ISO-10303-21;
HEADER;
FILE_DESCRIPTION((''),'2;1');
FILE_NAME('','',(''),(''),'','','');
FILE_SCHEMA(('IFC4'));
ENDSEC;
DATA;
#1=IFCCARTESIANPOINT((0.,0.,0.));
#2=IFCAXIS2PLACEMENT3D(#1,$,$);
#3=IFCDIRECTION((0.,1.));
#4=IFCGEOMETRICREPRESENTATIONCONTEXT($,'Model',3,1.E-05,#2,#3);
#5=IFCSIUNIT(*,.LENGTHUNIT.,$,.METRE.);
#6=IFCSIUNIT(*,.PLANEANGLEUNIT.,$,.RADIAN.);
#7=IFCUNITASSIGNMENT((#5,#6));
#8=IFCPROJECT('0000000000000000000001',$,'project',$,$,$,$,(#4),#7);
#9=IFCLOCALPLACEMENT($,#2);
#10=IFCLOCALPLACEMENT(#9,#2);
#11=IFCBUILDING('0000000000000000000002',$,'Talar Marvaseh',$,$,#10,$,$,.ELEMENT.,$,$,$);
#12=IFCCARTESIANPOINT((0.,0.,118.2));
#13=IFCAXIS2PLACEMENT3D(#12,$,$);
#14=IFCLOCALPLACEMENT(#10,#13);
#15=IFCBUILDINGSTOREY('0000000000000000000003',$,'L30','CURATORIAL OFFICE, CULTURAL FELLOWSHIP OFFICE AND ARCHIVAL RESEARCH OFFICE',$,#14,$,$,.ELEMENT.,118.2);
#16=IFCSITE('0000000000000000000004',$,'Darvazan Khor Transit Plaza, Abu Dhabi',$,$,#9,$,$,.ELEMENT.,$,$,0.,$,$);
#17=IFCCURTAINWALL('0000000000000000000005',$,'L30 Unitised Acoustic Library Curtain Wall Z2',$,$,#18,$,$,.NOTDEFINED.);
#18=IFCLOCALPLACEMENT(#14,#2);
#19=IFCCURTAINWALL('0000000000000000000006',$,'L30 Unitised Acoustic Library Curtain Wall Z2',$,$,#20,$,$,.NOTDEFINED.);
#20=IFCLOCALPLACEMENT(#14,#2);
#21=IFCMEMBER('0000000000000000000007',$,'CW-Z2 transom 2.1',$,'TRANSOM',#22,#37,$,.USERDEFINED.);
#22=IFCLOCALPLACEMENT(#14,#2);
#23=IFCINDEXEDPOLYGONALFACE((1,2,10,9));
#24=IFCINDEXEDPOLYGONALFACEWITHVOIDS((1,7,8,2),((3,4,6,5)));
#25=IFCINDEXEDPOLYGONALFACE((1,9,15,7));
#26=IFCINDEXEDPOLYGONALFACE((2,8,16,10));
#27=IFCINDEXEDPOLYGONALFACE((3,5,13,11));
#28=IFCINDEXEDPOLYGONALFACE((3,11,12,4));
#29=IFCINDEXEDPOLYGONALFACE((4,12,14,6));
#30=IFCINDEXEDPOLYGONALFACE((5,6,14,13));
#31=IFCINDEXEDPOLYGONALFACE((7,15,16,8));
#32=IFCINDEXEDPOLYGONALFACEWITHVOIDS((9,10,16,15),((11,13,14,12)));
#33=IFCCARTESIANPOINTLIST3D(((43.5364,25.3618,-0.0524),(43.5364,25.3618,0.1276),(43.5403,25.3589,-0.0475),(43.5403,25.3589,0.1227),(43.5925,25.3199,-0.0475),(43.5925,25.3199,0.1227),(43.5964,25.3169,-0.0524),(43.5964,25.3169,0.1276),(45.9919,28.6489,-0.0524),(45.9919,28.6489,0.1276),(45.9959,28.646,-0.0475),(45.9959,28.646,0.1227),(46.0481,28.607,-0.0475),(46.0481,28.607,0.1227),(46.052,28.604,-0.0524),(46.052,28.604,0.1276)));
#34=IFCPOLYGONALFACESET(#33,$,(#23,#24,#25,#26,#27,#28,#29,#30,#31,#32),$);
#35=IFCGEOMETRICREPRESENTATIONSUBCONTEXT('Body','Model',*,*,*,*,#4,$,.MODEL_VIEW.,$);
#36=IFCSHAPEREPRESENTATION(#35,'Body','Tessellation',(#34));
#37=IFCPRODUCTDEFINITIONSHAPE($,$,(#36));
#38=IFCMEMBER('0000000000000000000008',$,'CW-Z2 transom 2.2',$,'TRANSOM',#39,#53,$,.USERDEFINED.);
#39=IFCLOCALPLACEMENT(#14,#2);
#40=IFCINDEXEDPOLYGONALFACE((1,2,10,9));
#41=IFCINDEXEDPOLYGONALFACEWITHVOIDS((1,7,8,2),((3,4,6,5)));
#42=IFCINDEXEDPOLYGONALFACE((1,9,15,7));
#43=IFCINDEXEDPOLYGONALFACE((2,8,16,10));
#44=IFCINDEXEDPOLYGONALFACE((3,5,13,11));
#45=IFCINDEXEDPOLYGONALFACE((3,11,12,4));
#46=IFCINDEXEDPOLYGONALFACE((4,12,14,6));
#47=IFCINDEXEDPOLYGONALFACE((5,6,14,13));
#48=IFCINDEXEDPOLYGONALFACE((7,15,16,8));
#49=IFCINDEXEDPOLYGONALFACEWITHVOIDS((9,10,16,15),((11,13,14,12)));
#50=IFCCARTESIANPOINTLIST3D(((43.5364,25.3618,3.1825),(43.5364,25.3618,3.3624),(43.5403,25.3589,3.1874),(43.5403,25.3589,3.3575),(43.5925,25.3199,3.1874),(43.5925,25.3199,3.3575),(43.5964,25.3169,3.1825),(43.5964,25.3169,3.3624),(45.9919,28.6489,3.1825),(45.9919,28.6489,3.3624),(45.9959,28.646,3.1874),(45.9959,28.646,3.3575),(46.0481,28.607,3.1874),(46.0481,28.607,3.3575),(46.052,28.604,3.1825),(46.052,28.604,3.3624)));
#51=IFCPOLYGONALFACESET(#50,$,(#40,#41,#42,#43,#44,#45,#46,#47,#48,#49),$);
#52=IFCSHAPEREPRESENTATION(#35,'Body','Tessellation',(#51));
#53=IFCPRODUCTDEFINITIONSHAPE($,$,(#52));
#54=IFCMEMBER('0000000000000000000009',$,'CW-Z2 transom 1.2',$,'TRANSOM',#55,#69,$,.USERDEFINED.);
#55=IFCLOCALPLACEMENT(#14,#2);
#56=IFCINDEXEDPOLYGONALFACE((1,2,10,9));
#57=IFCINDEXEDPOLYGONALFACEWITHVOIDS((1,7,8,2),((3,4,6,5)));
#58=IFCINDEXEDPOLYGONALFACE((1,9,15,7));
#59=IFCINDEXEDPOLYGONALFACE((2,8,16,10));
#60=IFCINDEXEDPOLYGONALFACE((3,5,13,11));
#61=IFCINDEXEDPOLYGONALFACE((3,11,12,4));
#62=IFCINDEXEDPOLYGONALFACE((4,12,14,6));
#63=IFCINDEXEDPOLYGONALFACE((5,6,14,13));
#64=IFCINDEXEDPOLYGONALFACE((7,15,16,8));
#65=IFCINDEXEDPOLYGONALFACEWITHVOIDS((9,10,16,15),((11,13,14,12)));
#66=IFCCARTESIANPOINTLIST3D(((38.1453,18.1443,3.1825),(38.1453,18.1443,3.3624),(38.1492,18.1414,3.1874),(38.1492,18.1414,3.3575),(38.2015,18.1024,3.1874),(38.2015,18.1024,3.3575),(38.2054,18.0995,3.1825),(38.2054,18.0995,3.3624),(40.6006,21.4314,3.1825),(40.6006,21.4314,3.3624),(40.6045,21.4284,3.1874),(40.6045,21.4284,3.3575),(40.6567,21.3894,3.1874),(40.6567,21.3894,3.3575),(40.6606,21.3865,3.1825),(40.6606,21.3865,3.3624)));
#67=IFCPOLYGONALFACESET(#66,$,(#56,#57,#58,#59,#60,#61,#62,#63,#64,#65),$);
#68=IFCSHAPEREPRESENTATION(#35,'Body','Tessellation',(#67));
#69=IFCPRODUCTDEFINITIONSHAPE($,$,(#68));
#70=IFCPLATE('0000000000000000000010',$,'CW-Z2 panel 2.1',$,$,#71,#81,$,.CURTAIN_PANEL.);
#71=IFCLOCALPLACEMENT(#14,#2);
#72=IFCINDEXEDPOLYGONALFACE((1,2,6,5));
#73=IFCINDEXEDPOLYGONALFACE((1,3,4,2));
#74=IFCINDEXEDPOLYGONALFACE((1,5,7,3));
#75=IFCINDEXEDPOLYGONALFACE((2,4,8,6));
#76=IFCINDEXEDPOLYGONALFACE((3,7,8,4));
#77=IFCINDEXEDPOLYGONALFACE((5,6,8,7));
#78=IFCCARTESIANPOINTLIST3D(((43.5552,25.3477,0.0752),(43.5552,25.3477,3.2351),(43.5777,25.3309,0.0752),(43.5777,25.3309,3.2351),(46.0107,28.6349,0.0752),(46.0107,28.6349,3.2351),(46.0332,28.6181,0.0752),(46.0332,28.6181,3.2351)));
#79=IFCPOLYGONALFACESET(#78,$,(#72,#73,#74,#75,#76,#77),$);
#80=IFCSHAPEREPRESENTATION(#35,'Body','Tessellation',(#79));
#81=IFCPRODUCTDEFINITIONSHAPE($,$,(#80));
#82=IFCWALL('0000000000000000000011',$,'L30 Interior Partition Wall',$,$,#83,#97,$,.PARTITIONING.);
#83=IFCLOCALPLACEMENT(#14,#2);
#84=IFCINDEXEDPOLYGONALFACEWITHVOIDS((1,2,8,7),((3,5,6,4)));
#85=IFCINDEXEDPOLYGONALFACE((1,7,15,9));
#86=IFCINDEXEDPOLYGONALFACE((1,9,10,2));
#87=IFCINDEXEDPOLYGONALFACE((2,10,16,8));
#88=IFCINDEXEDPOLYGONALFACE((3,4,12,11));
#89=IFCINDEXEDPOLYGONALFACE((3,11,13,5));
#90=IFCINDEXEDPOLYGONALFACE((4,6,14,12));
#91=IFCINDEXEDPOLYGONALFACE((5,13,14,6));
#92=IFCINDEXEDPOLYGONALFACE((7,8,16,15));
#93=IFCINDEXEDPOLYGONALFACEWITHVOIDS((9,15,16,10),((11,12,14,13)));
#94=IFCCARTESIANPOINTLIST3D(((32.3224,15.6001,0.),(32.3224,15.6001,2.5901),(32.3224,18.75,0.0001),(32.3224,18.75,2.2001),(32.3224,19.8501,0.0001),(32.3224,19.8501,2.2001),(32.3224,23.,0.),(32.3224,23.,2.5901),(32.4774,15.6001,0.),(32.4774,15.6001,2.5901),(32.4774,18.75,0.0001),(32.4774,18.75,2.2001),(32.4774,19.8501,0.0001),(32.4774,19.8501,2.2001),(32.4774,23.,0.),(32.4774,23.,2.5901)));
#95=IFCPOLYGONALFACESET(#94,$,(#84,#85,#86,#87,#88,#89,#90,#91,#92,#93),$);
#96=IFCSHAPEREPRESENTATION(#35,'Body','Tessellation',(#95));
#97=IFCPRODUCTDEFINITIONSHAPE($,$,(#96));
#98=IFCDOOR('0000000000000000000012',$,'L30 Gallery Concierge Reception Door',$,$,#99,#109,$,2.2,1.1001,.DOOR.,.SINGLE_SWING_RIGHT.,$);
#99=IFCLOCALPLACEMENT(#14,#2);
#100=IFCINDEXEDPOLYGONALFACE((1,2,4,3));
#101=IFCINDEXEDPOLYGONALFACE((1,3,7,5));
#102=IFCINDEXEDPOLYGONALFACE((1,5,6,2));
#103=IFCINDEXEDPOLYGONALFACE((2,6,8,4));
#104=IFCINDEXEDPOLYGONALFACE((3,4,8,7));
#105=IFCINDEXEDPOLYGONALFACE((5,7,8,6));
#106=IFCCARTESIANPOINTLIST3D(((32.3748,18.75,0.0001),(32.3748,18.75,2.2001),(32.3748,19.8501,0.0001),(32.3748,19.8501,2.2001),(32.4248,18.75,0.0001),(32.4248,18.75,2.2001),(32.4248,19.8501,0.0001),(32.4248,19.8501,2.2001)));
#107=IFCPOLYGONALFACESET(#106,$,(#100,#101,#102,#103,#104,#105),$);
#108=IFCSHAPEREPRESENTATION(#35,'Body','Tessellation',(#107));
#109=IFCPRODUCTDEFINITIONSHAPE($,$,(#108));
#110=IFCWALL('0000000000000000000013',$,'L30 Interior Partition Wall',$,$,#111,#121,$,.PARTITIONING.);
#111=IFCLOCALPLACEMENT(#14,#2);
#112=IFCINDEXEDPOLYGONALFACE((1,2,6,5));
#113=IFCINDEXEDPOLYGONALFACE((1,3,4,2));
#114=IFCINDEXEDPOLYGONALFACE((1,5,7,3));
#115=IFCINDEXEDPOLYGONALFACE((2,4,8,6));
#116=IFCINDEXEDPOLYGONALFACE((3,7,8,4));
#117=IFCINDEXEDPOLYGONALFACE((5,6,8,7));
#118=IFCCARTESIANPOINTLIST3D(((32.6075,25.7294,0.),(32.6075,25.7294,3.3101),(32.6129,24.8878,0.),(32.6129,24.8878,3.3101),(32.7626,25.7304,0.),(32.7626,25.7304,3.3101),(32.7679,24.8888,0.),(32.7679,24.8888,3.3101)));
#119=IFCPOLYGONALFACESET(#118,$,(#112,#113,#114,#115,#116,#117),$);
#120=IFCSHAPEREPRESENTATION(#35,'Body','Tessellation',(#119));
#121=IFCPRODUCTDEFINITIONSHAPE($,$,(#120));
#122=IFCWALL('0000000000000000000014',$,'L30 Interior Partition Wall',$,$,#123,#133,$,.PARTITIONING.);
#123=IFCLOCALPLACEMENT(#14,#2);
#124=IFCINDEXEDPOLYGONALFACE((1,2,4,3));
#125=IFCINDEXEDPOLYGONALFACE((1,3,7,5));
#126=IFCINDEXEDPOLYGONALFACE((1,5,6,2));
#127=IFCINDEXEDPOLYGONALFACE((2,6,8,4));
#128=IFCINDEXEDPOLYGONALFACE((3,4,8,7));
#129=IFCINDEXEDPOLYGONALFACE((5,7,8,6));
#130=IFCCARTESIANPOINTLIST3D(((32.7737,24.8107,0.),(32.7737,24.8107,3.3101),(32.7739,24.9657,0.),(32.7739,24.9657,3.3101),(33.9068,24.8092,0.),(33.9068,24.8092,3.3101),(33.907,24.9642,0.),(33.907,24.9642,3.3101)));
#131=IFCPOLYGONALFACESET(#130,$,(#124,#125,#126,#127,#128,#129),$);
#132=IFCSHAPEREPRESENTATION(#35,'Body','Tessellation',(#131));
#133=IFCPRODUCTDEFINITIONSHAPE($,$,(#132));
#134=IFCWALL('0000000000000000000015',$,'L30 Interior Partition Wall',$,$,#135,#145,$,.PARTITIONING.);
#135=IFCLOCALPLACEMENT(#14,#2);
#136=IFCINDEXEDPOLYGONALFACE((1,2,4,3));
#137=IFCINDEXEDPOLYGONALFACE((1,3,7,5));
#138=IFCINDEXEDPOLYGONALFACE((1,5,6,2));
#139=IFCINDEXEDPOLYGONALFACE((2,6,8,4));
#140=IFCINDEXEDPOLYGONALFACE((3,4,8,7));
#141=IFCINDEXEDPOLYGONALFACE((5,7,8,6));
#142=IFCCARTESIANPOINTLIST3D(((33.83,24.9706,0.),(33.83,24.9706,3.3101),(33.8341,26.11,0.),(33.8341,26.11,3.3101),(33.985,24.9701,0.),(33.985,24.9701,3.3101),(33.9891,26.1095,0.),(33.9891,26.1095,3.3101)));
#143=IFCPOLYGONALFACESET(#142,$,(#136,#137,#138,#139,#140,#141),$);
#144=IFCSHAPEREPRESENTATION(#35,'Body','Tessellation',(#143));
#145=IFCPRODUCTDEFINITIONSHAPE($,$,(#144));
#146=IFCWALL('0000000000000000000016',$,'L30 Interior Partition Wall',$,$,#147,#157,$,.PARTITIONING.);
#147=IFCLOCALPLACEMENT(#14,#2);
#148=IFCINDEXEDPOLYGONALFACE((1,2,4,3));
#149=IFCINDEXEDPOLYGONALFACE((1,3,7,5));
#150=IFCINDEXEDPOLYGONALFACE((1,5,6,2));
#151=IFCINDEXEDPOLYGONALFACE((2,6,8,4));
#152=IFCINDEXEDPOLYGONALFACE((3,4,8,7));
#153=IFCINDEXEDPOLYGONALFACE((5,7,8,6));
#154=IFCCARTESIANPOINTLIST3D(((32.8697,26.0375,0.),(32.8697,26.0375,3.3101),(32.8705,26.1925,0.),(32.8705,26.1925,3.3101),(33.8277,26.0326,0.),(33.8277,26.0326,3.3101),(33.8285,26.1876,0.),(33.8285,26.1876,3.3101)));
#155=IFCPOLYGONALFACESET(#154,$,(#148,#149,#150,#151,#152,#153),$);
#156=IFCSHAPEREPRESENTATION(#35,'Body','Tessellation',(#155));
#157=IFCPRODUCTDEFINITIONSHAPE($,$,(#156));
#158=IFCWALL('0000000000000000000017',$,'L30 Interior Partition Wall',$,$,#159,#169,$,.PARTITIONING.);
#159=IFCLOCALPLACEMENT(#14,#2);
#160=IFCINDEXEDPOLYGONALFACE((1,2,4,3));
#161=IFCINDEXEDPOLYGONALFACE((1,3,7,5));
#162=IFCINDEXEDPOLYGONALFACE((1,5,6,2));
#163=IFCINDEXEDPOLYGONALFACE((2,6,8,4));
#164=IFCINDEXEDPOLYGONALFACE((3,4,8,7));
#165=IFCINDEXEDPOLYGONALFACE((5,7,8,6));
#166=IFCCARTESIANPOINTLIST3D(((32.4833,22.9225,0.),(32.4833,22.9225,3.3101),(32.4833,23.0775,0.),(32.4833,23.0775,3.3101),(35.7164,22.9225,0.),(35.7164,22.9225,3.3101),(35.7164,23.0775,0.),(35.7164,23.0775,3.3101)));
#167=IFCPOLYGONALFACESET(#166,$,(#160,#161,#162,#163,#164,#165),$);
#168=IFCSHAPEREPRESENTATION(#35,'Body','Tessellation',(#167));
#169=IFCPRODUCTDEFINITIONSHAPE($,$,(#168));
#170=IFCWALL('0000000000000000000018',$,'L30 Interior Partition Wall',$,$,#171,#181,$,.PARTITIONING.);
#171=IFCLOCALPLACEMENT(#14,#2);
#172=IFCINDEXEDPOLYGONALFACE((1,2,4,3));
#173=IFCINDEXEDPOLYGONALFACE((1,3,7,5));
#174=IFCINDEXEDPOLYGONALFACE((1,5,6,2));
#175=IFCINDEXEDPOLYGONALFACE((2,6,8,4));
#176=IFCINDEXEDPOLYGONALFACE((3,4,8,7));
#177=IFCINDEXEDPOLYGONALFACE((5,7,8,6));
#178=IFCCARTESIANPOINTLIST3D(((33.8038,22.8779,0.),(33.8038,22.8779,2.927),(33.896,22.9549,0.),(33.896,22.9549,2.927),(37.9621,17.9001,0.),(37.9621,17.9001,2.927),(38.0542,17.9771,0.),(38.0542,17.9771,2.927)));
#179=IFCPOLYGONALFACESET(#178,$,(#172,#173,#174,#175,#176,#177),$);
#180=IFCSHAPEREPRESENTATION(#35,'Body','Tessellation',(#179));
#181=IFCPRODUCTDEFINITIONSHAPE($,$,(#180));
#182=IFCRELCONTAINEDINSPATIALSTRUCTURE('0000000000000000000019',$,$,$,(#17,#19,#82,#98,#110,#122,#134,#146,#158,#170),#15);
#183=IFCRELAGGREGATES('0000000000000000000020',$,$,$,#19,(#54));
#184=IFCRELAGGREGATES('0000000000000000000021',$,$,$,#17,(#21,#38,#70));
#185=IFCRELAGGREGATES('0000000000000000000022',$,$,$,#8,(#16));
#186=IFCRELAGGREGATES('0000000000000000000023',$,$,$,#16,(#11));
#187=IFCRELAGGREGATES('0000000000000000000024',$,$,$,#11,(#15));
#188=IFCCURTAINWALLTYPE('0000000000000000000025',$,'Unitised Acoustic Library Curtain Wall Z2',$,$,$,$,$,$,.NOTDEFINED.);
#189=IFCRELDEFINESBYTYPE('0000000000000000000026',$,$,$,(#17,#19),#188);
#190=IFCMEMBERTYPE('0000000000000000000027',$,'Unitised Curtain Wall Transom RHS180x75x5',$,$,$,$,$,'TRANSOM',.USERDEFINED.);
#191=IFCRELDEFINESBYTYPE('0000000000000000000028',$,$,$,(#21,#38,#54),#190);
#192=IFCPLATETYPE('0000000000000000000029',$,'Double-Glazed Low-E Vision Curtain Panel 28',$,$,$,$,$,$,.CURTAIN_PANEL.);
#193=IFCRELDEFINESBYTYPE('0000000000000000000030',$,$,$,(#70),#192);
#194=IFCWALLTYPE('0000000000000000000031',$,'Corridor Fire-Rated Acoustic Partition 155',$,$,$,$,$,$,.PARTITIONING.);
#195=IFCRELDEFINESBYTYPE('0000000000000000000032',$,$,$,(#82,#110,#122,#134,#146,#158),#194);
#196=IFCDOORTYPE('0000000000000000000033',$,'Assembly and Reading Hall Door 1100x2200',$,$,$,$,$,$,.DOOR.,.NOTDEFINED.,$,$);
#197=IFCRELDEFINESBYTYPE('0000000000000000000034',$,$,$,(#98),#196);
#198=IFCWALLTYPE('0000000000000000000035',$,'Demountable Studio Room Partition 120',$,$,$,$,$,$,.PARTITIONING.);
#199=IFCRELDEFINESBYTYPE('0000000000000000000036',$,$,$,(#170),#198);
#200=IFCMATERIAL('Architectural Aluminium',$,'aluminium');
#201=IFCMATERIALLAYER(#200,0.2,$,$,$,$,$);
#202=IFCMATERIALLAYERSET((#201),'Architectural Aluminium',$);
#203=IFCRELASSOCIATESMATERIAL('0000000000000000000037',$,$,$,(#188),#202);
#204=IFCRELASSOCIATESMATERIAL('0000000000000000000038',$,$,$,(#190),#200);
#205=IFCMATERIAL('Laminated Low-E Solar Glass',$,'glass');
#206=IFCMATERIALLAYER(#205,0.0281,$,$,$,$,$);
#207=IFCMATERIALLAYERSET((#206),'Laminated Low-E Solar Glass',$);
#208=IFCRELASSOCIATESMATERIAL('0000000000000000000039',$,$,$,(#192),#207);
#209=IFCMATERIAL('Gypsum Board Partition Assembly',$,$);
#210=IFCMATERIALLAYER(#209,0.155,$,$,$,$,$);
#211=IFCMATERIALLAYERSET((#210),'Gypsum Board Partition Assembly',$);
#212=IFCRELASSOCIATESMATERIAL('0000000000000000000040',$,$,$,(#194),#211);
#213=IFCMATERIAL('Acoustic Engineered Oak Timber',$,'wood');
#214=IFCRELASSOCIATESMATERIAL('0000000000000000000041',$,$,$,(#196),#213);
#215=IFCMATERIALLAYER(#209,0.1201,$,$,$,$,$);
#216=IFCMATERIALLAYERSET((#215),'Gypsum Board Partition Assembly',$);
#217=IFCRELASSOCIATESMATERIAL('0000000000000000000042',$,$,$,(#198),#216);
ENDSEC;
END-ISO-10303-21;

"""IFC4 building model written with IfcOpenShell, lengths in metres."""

from ifc_helpers import new_model, si_unit, direction, frame, frame_2d, origin, origin_2d, place, context, subcontext, project, spatial, rectangle, hollow_rectangle, extrude, source, transform, mapped, material, layer, layer_set, material_profile, profile_set, type_object, type_shapes, element, fill, aggregate, save


model = new_model("IFC4")

# Units and contexts
model_context = context("Model", 3, precision=1e-05, world=origin(), true_north=direction((0.0, 1.0)))
body_context = subcontext(model_context, "Body", "Model", "MODEL_VIEW")
ifc_project = project(units=[si_unit("LENGTHUNIT", "METRE"), si_unit("PLANEANGLEUNIT", "RADIAN")], contexts=[model_context])

# Site, building, storey
site_placement = place(None, origin())
site = spatial("IfcSite", under=ifc_project, at=site_placement, Name="Darvazan Khor Transit Plaza, Abu Dhabi", CompositionType="ELEMENT", RefElevation=0.0)
building_placement = place(site_placement, origin())
building = spatial("IfcBuilding", under=site, at=building_placement, Name="Talar Marvaseh", CompositionType="ELEMENT")
storey_placement = place(building_placement, frame((0.0, 0.0, 118.2)))
storey = spatial("IfcBuildingStorey", under=building, at=storey_placement, Name="L30", Description="CURATORIAL OFFICE, CULTURAL FELLOWSHIP OFFICE AND ARCHIVAL RESEARCH OFFICE", CompositionType="ELEMENT", Elevation=118.2)

# Curtain wall
ifc_material_1 = material(Name="Architectural Aluminium", Category="aluminium")
ifc_layer_1 = layer(ifc_material_1, 0.2)
ifc_layer_set_1 = layer_set([ifc_layer_1], Name="Architectural Aluminium")
curtain_wall_type = type_object("IfcCurtainWallType", Name="Unitised Acoustic Library Curtain Wall Z2", PredefinedType="NOTDEFINED", material=ifc_layer_set_1)
curtain_wall_1_placement = place(storey_placement, origin())
curtain_wall_1 = element("IfcCurtainWall", 1, at=curtain_wall_1_placement, inside=storey, type_object=curtain_wall_type, Name="L30 Unitised Acoustic Library Curtain Wall Z2", PredefinedType="NOTDEFINED")

# Curtain wall
curtain_wall_2_placement = place(storey_placement, origin())
curtain_wall_2 = element("IfcCurtainWall", 2, at=curtain_wall_2_placement, inside=storey, type_object=curtain_wall_type, Name="L30 Unitised Acoustic Library Curtain Wall Z2", PredefinedType="NOTDEFINED")

# Members
ifc_material_profile_1 = material_profile(ifc_material_1, hollow_rectangle(XDim=0.075, YDim=0.1799, WallThickness=0.0049, at=origin_2d()), Name="RHS180x75x5")
ifc_profile_set_1 = profile_set([ifc_material_profile_1], Name="Architectural Aluminium")
member_type_1 = type_object("IfcMemberType", Name="Unitised Curtain Wall Transom RHS180x75x5", ElementType="TRANSOM", PredefinedType="USERDEFINED", material=ifc_profile_set_1)
shared_shape_1 = source(origin(), body_context, "Body", "SweptSolid", [
    extrude(hollow_rectangle(XDim=0.075, YDim=0.1799, WallThickness=0.0049, at=origin_2d()), origin(), (0.0, 0.0, 1.0), 4.103),
])
member_1_placement = place(storey_placement, frame((46.022, 28.6265, 0.0376), z_axis=(-0.598476, -0.801141, 0.0), x_axis=(0.801141, -0.598476, 0.0)))
member_1 = element("IfcMember", 3, at=member_1_placement, type_object=member_type_1, Name="CW-Z2 transom 2.1", ObjectType="TRANSOM", PredefinedType="USERDEFINED", context=body_context, shape_type="MappedRepresentation", body=[
    mapped(shared_shape_1, transform((0.0, 0.0, 0.0), x_axis=(1.0, 0.0, 0.0), y_axis=(0.0, 1.0, 0.0), z_axis=(0.0, 0.0, 1.0), scale=1.0)),
])
member_2_placement = place(storey_placement, frame((46.022, 28.6265, 3.2725), z_axis=(-0.598476, -0.801141, 0.0), x_axis=(0.801141, -0.598476, 0.0)))
member_2 = element("IfcMember", 4, at=member_2_placement, type_object=member_type_1, Name="CW-Z2 transom 2.2", ObjectType="TRANSOM", PredefinedType="USERDEFINED", context=body_context, shape_type="MappedRepresentation", body=[
    mapped(shared_shape_1, transform((0.0, 0.0, 0.0), x_axis=(1.0, 0.0, 0.0), y_axis=(0.0, 1.0, 0.0), z_axis=(0.0, 0.0, 1.0), scale=1.0)),
])
shared_shape_2 = source(origin(), body_context, "Body", "SweptSolid", [
    extrude(hollow_rectangle(XDim=0.075, YDim=0.1799, WallThickness=0.0049, at=origin_2d()), origin(), (0.0, 0.0, 1.0), 4.1028),
])
type_shapes(member_type_1, [shared_shape_1, shared_shape_2])
member_3_placement = place(storey_placement, frame((40.6306, 21.4089, 3.2725), z_axis=(-0.598437, -0.80117, 0.0), x_axis=(0.80117, -0.598437, 0.0)))
member_3 = element("IfcMember", 5, at=member_3_placement, type_object=member_type_1, Name="CW-Z2 transom 1.2", ObjectType="TRANSOM", PredefinedType="USERDEFINED", context=body_context, shape_type="MappedRepresentation", body=[
    mapped(shared_shape_2, transform((0.0, 0.0, 0.0), x_axis=(1.0, 0.0, 0.0), y_axis=(0.0, 1.0, 0.0), z_axis=(0.0, 0.0, 1.0), scale=1.0)),
])
aggregate(curtain_wall_2, [member_3])

# Plate
ifc_material_2 = material(Name="Laminated Low-E Solar Glass", Category="glass")
ifc_layer_2 = layer(ifc_material_2, 0.0281)
ifc_layer_set_2 = layer_set([ifc_layer_2], Name="Laminated Low-E Solar Glass")
plate_type = type_object("IfcPlateType", Name="Double-Glazed Low-E Vision Curtain Panel 28", PredefinedType="CURTAIN_PANEL", material=ifc_layer_set_2)
shared_shape_3 = source(origin(), body_context, "Body", "SweptSolid", [
    extrude(rectangle(XDim=4.103, YDim=0.0281, at=origin_2d()), origin(), (0.0, 0.0, 1.0), 3.1599),
])
type_shapes(plate_type, [shared_shape_3])
plate_placement = place(storey_placement, frame((44.7942, 26.9829, 0.0752), z_axis=(0.0, 0.0, 1.0), x_axis=(-0.598452, -0.801159, 0.0)))
plate = element("IfcPlate", 6, at=plate_placement, type_object=plate_type, Name="CW-Z2 panel 2.1", PredefinedType="CURTAIN_PANEL", context=body_context, shape_type="MappedRepresentation", body=[
    mapped(shared_shape_3, transform((0.0, 0.0, 0.0), x_axis=(1.0, 0.0, 0.0), y_axis=(0.0, 1.0, 0.0), z_axis=(0.0, 0.0, 1.0), scale=1.0)),
])
aggregate(curtain_wall_1, [member_1, member_2, plate])

# Wall, opening, door
ifc_material_3 = material(Name="Gypsum Board Partition Assembly")
ifc_layer_3 = layer(ifc_material_3, 0.155)
ifc_layer_set_3 = layer_set([ifc_layer_3], Name="Gypsum Board Partition Assembly")
wall_type_1 = type_object("IfcWallType", Name="Corridor Fire-Rated Acoustic Partition 155", PredefinedType="PARTITIONING", material=ifc_layer_set_3)
wall_1_placement = place(storey_placement, frame((32.3999, 23.0, 0.0), z_axis=(0.0, 0.0, 1.0), x_axis=(0.0, -1.0, 0.0)))
wall_1 = element("IfcWall", 7, at=wall_1_placement, inside=storey, type_object=wall_type_1, Name="L30 Interior Partition Wall", PredefinedType="PARTITIONING", context=body_context, shape_type="SweptSolid", body=[
    extrude(rectangle(XDim=7.3999, YDim=0.155, at=frame_2d((3.7, 0.0))), origin(), (0.0, 0.0, 1.0), 2.5901),
])
opening_1_placement = place(wall_1_placement, frame((3.1499, 0.0, 0.0)))
opening_1 = element("IfcOpeningElement", 8, at=opening_1_placement, cuts=wall_1, PredefinedType="OPENING", context=body_context, shape_type="SweptSolid", body=[
    extrude(rectangle(XDim=1.1001, YDim=2.2, at=frame_2d((0.55, 1.1001))), frame((0.0, 0.0874, 0.0), z_axis=(0.0, -1.0, 0.0), x_axis=(1.0, 0.0, 0.0)), (0.0, 0.0, 1.0), 0.175),
])
ifc_material_4 = material(Name="Acoustic Engineered Oak Timber", Category="wood")
door_type_1 = type_object("IfcDoorType", Name="Assembly and Reading Hall Door 1100x2200", OperationType="NOTDEFINED", PredefinedType="DOOR", material=ifc_material_4)
shared_shape_4 = source(origin(), body_context, "Body", "SweptSolid", [
    extrude(rectangle(XDim=1.1001, YDim=2.2, at=frame_2d((0.55, 1.1001))), frame((0.0, 0.0249, 0.0), z_axis=(0.0, -1.0, 0.0), x_axis=(1.0, 0.0, 0.0)), (0.0, 0.0, 1.0), 0.05),
])
type_shapes(door_type_1, [shared_shape_4])
door_1_placement = place(opening_1_placement, origin())
door_1 = element("IfcDoor", 9, at=door_1_placement, inside=storey, type_object=door_type_1, Name="L30 Gallery Concierge Reception Door", OperationType="SINGLE_SWING_RIGHT", OverallHeight=2.2, OverallWidth=1.1001, PredefinedType="DOOR", context=body_context, shape_type="MappedRepresentation", body=[
    mapped(shared_shape_4, transform((0.0, 0.0, 0.0), x_axis=(1.0, 0.0, 0.0), y_axis=(0.0, 1.0, 0.0), z_axis=(0.0, 0.0, 1.0), scale=1.0)),
])
fill(opening_1, door_1)

# Walls
wall_2_placement = place(storey_placement, frame((32.6851, 25.73, 0.0), z_axis=(0.0, 0.0, 1.0), x_axis=(0.006382, -0.99998, 0.0)))
element("IfcWall", 10, at=wall_2_placement, inside=storey, type_object=wall_type_1, Name="L30 Interior Partition Wall", PredefinedType="PARTITIONING", context=body_context, shape_type="SweptSolid", body=[
    extrude(rectangle(XDim=0.8416, YDim=0.155, at=frame_2d((0.4209, 0.0))), origin(), (0.0, 0.0, 1.0), 3.3101),
])
wall_3_placement = place(storey_placement, frame((32.7739, 24.8882, 0.0), z_axis=(0.0, 0.0, 1.0), x_axis=(0.999999, -0.001293, 0.0)))
element("IfcWall", 11, at=wall_3_placement, inside=storey, type_object=wall_type_1, Name="L30 Interior Partition Wall", PredefinedType="PARTITIONING", context=body_context, shape_type="SweptSolid", body=[
    extrude(rectangle(XDim=1.1331, YDim=0.155, at=frame_2d((0.5664, 0.0))), origin(), (0.0, 0.0, 1.0), 3.3101),
])
wall_4_placement = place(storey_placement, frame((33.9075, 24.9702, 0.0), z_axis=(0.0, 0.0, 1.0), x_axis=(0.003643, 0.999993, 0.0)))
element("IfcWall", 12, at=wall_4_placement, inside=storey, type_object=wall_type_1, Name="L30 Interior Partition Wall", PredefinedType="PARTITIONING", context=body_context, shape_type="SweptSolid", body=[
    extrude(rectangle(XDim=1.1394, YDim=0.155, at=frame_2d((0.5698, 0.0))), origin(), (0.0, 0.0, 1.0), 3.3101),
])
wall_5_placement = place(storey_placement, frame((33.8281, 26.1101, 0.0), z_axis=(0.0, 0.0, 1.0), x_axis=(-0.999987, 0.005097, 0.0)))
element("IfcWall", 13, at=wall_5_placement, inside=storey, type_object=wall_type_1, Name="L30 Interior Partition Wall", PredefinedType="PARTITIONING", context=body_context, shape_type="SweptSolid", body=[
    extrude(rectangle(XDim=0.958, YDim=0.155, at=frame_2d((0.479, 0.0))), origin(), (0.0, 0.0, 1.0), 3.3101),
])
wall_6_placement = place(storey_placement, frame((35.7166, 23.0, 0.0), z_axis=(0.0, 0.0, 1.0), x_axis=(-1.0, 0.0, 0.0)))
element("IfcWall", 14, at=wall_6_placement, inside=storey, type_object=wall_type_1, Name="L30 Interior Partition Wall", PredefinedType="PARTITIONING", context=body_context, shape_type="SweptSolid", body=[
    extrude(rectangle(XDim=3.2332, YDim=0.155, at=frame_2d((1.6167, 0.0))), origin(), (0.0, 0.0, 1.0), 3.3101),
])
ifc_layer_4 = layer(ifc_material_3, 0.1201)
ifc_layer_set_4 = layer_set([ifc_layer_4], Name="Gypsum Board Partition Assembly")
wall_type_2 = type_object("IfcWallType", Name="Demountable Studio Room Partition 120", PredefinedType="PARTITIONING", material=ifc_layer_set_4)
wall_7_placement = place(storey_placement, frame((33.8499, 22.9165, 0.0), z_axis=(0.0, 0.0, 1.0), x_axis=(0.641098, -0.767459, 0.0)))
element("IfcWall", 15, at=wall_7_placement, inside=storey, type_object=wall_type_2, Name="L30 Interior Partition Wall", PredefinedType="PARTITIONING", context=body_context, shape_type="SweptSolid", body=[
    extrude(rectangle(XDim=6.4861, YDim=0.1201, at=frame_2d((3.2432, 0.0))), origin(), (0.0, 0.0, 1.0), 2.927),
])

save(model, "model.ifc")
